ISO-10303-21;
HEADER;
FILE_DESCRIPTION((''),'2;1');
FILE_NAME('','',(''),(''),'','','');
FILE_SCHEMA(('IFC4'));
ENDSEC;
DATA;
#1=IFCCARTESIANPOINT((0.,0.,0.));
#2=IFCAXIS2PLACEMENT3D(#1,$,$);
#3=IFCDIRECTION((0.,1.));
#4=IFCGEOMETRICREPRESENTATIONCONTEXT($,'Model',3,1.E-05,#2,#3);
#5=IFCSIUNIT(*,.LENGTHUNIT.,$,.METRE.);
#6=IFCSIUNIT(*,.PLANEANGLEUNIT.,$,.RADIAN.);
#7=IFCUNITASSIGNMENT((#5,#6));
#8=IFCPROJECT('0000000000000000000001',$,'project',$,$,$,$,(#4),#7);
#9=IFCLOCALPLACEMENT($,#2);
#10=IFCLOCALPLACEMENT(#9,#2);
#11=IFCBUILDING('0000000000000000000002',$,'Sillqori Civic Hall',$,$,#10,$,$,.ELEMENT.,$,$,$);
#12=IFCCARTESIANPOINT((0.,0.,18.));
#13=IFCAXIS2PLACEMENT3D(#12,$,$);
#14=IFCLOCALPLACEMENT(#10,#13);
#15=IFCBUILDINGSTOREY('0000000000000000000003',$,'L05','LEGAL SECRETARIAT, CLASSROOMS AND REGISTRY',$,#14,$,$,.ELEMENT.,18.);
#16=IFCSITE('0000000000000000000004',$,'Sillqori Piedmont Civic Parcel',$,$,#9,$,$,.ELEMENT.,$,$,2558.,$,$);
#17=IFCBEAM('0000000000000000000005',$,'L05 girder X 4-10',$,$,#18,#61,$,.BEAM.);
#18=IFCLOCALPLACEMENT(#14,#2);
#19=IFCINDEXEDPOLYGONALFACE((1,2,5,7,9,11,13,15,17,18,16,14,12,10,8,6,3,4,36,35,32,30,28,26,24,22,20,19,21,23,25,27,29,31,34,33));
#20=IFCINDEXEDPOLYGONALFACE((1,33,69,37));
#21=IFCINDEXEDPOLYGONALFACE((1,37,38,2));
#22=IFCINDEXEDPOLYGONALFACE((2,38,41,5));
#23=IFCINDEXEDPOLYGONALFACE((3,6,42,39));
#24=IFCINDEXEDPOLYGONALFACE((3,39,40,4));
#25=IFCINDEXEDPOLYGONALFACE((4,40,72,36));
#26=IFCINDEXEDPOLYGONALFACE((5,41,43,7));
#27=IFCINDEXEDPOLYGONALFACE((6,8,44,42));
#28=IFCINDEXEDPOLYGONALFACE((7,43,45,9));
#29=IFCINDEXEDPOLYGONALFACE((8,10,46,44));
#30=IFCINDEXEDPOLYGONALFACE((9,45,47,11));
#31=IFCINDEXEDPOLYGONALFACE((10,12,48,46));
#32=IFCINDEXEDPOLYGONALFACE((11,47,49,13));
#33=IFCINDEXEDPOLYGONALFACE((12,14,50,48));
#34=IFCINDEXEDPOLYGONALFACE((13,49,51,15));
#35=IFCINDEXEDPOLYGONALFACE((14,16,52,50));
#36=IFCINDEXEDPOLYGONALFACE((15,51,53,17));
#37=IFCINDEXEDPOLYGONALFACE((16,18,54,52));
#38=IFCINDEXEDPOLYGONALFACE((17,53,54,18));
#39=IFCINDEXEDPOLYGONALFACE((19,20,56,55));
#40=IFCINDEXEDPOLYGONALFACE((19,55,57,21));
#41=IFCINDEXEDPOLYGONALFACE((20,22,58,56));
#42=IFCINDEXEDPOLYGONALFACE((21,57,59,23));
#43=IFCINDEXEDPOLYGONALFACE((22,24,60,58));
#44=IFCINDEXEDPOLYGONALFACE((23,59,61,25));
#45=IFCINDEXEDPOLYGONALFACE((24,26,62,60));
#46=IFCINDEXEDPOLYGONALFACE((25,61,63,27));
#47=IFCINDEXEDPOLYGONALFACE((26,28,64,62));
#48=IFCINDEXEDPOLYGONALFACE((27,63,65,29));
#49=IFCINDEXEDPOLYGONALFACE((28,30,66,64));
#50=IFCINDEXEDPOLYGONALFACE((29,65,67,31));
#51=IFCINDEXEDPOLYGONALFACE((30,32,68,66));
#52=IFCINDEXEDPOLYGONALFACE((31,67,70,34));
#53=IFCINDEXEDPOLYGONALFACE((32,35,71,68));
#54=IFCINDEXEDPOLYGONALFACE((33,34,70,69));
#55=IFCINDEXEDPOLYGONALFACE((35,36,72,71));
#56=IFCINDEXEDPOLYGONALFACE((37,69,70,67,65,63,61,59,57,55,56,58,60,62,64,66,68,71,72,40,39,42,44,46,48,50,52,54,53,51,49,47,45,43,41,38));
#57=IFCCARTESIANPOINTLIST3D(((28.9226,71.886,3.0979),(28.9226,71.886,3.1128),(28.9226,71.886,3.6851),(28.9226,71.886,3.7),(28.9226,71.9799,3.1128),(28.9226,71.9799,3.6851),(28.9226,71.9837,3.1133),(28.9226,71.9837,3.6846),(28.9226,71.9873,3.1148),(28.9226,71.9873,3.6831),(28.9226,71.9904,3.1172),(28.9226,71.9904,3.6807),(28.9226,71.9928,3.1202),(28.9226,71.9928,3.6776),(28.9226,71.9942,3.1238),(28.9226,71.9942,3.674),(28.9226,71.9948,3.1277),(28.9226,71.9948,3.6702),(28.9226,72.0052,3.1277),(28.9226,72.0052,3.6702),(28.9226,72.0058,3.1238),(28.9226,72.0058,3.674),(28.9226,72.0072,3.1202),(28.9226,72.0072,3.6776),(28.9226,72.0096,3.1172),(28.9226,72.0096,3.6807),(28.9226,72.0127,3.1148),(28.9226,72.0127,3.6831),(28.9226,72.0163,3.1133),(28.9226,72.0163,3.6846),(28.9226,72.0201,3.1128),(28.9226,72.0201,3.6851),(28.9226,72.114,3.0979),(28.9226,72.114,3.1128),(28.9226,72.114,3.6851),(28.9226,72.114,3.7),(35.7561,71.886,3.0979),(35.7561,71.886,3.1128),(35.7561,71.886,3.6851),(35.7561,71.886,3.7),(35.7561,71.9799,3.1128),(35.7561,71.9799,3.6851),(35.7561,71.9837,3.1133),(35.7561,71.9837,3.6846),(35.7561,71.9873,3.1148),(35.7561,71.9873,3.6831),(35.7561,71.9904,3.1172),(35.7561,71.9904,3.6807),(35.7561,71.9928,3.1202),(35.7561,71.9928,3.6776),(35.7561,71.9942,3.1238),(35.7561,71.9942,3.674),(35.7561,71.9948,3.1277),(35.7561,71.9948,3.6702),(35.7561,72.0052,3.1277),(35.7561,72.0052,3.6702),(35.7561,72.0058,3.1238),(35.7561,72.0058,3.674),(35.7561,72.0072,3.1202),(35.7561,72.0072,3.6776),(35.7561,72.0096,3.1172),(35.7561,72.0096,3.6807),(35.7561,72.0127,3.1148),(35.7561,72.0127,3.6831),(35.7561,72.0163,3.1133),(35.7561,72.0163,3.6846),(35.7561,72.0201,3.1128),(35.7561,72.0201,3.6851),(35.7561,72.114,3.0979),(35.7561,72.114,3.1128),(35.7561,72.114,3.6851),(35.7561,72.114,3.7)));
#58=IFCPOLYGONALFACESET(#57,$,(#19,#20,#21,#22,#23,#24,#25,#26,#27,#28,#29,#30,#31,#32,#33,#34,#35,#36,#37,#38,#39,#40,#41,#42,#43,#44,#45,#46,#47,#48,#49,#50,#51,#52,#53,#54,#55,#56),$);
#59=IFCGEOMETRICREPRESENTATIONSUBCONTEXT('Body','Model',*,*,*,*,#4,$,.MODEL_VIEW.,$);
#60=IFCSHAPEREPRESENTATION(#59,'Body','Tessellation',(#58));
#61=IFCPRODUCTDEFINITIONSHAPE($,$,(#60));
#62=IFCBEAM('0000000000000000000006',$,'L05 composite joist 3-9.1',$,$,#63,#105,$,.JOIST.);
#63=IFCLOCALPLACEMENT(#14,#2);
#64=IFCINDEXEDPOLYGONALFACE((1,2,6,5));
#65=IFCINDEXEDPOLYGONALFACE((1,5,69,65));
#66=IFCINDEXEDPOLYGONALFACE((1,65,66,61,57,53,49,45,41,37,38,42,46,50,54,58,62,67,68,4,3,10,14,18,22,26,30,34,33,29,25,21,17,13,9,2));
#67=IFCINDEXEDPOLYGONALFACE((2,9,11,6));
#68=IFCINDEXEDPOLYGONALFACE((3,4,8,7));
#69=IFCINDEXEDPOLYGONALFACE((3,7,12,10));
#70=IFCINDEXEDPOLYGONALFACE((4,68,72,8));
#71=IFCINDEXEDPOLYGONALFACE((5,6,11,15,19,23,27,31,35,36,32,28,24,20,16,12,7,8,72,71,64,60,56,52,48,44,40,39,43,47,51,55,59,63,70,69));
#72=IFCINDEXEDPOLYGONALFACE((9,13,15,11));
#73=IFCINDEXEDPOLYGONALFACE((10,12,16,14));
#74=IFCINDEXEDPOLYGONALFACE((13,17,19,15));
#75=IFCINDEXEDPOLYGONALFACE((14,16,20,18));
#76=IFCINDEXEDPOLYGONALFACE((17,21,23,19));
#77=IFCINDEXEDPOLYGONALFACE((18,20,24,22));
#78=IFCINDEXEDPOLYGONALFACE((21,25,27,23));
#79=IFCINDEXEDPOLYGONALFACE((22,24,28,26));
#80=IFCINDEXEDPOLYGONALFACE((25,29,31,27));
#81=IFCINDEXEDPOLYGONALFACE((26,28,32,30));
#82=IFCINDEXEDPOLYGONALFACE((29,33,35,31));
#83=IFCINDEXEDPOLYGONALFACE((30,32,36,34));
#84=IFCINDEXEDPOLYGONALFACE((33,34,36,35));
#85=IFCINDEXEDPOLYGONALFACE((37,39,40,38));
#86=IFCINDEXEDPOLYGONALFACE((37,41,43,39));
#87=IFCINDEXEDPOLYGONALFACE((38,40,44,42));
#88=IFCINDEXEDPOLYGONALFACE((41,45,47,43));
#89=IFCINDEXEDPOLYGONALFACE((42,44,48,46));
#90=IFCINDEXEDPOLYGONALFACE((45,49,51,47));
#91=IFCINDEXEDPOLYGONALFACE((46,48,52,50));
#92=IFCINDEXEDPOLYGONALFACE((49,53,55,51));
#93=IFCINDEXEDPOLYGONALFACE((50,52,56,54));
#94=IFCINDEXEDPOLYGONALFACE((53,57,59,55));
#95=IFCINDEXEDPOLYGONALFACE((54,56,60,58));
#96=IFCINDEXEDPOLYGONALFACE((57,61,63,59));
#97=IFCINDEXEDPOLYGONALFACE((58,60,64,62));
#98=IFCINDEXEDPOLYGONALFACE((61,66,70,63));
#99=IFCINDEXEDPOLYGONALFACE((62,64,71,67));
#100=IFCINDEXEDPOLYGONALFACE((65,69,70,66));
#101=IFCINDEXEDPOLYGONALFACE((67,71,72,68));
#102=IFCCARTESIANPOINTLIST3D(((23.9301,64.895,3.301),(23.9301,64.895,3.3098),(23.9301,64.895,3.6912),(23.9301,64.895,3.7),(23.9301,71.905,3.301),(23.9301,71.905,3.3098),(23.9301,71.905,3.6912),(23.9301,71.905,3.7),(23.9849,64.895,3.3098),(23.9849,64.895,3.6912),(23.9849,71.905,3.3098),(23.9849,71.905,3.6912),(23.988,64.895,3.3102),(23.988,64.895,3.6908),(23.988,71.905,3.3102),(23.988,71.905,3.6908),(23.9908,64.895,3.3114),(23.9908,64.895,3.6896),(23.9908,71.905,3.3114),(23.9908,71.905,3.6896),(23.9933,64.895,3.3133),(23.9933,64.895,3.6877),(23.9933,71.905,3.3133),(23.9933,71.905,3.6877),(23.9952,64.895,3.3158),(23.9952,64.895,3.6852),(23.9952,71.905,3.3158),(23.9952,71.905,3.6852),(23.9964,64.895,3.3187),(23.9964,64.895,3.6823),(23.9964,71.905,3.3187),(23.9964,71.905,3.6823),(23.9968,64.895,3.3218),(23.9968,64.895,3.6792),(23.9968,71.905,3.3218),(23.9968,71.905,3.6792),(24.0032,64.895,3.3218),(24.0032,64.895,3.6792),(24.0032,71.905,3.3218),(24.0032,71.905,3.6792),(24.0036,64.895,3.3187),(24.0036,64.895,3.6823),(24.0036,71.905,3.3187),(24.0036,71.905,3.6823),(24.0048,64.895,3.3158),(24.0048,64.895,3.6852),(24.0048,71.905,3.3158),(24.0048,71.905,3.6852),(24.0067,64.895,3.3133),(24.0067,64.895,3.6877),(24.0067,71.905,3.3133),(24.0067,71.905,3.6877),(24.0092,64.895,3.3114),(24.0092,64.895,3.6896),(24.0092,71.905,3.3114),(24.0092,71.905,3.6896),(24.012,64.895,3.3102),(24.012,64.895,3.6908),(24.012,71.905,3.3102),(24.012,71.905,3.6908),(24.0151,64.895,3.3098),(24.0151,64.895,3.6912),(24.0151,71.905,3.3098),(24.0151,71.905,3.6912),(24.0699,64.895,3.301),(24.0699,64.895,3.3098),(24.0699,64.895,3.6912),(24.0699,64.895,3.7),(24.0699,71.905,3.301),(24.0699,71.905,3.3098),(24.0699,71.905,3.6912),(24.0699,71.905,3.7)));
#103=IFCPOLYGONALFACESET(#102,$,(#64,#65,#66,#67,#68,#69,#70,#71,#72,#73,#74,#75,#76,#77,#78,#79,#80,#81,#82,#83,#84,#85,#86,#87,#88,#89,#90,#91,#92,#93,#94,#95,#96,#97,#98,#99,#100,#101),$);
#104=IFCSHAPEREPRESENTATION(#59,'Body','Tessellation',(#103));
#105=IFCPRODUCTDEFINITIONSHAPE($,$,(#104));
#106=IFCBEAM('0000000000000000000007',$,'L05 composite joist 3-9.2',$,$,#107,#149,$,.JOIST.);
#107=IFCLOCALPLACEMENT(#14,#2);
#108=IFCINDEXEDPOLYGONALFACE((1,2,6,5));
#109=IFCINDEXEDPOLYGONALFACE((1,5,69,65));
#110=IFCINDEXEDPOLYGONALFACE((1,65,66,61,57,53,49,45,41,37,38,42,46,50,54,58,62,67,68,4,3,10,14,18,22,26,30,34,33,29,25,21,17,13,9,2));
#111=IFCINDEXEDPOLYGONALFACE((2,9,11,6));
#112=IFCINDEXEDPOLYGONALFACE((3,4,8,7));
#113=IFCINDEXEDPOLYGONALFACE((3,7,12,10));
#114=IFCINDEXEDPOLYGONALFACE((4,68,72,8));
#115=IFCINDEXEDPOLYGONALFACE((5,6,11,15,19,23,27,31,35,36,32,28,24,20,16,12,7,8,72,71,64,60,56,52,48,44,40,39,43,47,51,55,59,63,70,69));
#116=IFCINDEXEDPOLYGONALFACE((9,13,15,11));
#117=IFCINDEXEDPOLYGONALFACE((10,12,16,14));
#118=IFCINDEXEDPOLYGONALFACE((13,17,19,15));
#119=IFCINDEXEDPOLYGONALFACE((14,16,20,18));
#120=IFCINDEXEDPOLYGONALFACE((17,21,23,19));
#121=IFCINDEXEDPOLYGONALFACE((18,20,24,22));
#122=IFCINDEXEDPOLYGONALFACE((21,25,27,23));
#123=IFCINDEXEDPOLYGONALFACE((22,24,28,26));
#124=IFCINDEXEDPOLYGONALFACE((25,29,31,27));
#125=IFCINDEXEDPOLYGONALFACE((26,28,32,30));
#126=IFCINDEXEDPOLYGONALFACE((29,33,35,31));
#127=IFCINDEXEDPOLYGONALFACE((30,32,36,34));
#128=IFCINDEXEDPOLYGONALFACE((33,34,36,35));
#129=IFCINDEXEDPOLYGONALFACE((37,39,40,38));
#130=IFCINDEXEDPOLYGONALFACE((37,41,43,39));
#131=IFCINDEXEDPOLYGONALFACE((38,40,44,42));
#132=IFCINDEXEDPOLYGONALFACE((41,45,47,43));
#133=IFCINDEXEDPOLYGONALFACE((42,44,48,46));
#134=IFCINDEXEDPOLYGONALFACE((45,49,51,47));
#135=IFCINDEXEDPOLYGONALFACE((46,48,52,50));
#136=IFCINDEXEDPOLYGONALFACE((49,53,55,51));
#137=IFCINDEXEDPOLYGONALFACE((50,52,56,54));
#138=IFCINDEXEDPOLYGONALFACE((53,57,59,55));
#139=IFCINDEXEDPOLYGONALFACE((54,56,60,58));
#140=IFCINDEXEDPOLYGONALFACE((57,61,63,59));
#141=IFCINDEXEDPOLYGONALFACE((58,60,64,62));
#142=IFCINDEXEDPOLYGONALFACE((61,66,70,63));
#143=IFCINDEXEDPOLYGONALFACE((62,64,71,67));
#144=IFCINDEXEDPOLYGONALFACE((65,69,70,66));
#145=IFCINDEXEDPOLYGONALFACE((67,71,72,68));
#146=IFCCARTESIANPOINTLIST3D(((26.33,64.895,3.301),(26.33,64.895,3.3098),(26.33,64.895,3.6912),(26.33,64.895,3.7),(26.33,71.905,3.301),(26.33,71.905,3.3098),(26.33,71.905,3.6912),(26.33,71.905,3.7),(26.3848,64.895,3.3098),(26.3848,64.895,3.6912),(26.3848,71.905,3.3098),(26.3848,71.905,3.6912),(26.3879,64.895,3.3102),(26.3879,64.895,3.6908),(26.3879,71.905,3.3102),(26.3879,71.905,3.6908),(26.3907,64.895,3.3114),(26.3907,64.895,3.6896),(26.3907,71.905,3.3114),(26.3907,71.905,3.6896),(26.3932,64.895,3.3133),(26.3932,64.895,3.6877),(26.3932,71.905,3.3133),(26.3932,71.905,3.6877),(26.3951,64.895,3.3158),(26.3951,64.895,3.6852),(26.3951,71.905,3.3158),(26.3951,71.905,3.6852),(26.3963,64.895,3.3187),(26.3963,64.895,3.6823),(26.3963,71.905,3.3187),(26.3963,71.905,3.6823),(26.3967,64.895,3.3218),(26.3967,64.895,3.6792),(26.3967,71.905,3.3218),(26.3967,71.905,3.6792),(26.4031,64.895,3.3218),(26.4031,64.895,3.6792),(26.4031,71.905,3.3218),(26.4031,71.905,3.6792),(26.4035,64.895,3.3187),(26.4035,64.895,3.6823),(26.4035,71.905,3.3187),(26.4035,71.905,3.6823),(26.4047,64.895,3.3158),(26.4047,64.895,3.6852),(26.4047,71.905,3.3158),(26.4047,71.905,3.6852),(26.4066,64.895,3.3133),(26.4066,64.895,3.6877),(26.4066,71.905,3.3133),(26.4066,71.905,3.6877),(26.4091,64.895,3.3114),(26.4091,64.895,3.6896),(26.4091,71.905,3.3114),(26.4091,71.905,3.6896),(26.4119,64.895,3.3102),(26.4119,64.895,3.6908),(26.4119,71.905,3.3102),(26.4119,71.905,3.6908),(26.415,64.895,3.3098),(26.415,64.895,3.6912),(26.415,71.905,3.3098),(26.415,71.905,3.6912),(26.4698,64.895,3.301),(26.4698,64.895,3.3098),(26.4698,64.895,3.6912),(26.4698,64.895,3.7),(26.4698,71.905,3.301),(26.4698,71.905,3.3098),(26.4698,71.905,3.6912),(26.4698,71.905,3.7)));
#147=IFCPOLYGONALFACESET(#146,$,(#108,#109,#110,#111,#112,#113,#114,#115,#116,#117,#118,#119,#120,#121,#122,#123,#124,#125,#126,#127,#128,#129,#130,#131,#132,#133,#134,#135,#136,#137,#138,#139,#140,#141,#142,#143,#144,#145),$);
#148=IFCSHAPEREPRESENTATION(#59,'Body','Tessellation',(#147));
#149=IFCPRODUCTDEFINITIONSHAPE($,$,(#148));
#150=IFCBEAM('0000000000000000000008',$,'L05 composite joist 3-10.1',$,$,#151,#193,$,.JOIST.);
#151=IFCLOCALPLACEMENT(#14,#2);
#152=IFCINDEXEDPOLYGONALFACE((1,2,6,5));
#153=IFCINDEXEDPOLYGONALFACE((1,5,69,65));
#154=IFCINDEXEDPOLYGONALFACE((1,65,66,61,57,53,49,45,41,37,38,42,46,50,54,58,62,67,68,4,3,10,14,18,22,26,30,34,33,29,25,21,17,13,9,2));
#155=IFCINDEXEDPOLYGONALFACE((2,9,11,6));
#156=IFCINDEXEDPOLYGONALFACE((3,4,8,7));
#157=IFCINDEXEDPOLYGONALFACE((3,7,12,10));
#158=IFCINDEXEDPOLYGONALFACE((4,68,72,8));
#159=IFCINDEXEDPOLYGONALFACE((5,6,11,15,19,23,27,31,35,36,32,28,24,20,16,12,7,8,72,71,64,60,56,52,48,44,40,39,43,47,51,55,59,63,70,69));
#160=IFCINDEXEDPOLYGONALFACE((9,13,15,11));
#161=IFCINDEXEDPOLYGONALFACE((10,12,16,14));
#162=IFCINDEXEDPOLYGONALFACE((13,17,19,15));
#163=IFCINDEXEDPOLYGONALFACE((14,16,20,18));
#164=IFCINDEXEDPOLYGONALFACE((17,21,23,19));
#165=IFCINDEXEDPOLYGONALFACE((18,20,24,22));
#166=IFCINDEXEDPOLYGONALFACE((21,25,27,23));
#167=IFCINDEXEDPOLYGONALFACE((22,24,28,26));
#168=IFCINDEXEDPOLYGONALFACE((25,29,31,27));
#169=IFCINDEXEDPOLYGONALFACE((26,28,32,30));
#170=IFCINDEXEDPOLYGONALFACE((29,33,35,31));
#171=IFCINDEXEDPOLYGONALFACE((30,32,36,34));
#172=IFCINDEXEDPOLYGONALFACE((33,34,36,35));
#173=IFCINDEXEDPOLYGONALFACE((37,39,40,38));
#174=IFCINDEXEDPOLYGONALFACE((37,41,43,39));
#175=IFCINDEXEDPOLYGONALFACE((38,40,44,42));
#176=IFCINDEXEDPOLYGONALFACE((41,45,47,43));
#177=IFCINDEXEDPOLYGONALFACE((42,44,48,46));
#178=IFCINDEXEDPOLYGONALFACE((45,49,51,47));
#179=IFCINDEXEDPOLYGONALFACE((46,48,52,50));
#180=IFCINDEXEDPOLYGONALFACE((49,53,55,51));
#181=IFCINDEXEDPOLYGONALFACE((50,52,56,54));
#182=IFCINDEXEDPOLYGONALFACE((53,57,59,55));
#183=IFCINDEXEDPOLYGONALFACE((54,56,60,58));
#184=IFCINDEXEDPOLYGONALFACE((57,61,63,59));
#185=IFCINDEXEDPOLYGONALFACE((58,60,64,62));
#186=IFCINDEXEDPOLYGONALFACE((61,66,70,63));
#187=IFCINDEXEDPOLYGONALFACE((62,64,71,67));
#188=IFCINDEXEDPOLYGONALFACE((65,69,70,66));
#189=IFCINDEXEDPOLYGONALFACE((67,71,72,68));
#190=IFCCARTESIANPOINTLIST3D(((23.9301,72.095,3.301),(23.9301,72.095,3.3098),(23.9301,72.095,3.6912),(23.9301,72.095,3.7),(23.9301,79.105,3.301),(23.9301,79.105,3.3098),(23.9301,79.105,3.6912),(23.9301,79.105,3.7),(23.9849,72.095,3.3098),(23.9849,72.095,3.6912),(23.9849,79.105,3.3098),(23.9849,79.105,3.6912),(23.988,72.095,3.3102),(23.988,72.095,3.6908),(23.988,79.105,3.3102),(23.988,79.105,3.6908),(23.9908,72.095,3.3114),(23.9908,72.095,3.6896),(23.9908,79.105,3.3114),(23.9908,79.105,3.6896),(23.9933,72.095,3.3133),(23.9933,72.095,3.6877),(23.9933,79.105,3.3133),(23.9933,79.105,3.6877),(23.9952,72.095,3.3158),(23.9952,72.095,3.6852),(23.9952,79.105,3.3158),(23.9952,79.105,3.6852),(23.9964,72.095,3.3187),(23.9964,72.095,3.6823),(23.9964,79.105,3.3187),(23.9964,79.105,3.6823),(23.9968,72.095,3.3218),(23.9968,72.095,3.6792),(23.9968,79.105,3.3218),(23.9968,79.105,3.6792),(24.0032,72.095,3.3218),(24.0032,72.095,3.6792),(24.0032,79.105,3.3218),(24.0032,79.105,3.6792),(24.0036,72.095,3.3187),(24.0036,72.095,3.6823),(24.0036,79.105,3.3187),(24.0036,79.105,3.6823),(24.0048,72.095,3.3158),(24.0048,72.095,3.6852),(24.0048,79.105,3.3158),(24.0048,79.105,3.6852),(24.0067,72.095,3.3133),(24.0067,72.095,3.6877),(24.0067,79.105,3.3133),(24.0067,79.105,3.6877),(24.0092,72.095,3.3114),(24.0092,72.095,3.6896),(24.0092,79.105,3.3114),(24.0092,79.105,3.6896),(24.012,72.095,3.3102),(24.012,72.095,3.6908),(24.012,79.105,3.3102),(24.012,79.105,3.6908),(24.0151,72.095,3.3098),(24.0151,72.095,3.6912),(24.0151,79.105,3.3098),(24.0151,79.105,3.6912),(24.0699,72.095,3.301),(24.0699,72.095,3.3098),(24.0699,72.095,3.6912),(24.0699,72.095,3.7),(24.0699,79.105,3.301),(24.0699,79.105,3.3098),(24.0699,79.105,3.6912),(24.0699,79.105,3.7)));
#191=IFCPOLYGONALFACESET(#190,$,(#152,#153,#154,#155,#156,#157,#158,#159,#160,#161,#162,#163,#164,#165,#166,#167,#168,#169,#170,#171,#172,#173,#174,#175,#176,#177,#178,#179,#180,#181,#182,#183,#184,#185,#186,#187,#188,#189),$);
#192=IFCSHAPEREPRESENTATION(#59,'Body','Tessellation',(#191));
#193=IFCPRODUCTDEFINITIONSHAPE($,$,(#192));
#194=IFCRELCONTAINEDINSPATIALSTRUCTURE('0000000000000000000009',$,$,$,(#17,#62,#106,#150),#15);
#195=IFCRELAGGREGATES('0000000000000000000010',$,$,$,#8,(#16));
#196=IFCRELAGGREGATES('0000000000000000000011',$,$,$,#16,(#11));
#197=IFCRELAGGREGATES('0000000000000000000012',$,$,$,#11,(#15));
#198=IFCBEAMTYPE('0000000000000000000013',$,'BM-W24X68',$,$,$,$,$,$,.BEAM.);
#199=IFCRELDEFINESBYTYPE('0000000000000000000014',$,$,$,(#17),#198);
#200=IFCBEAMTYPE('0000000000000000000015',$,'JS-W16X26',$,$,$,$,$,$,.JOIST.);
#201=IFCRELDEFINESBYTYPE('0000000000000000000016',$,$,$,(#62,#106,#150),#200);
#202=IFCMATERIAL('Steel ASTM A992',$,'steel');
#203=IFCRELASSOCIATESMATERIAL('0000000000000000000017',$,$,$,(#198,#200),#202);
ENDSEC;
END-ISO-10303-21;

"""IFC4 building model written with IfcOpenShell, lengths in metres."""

from ifc_helpers import new_model, si_unit, direction, frame, origin, origin_2d, place, context, subcontext, project, spatial, i_section, extrude, material, material_profile, profile_set, type_object, element, save


model = new_model("IFC4")

# Units and contexts
model_context = context("Model", 3, precision=1e-05, world=origin(), true_north=direction((0.0, 1.0)))
body_context = subcontext(model_context, "Body", "Model", "MODEL_VIEW")
ifc_project = project(units=[si_unit("LENGTHUNIT", "METRE"), si_unit("PLANEANGLEUNIT", "RADIAN")], contexts=[model_context])

# Site, building, storey
site_placement = place(None, origin())
site = spatial("IfcSite", under=ifc_project, at=site_placement, Name="Sillqori Piedmont Civic Parcel", CompositionType="ELEMENT", RefElevation=2558.0)
building_placement = place(site_placement, origin())
building = spatial("IfcBuilding", under=site, at=building_placement, Name="Sillqori Civic Hall", CompositionType="ELEMENT")
storey_placement = place(building_placement, frame((0.0, 0.0, 18.0)))
storey = spatial("IfcBuildingStorey", under=building, at=storey_placement, Name="L05", Description="LEGAL SECRETARIAT, CLASSROOMS AND REGISTRY", CompositionType="ELEMENT", Elevation=18.0)

# Shared definitions
ifc_material_1 = material(Name="Steel ASTM A992", Category="steel")

# Beams
ifc_material_profile_1 = material_profile(ifc_material_1, i_section(OverallWidth=0.228, OverallDepth=0.6021, WebThickness=0.0105, FlangeThickness=0.0149, FilletRadius=0.0149, at=origin_2d()), Name="W24X68")
ifc_profile_set_1 = profile_set([ifc_material_profile_1], Name="Steel ASTM A992")
beam_type_1 = type_object("IfcBeamType", Name="BM-W24X68", PredefinedType="BEAM", material=ifc_profile_set_1)
for number, where, z_axis, x_axis, name in (
    (1, (28.9226, 72.0, 3.3989), (1.0, 0.0, 0.0), (0.0, 1.0, 0.0), "L05 girder X 4-10"),
):
    element("IfcBeam", number, at=place(storey_placement, frame(where, z_axis=z_axis, x_axis=x_axis)), inside=storey, type_object=beam_type_1, Name=name, PredefinedType="BEAM", context=body_context, shape_type="SweptSolid", body=[
        extrude(i_section(OverallWidth=0.228, OverallDepth=0.6021, WebThickness=0.0105, FlangeThickness=0.0149, FilletRadius=0.0149, at=origin_2d()), origin(), (0.0, 0.0, 1.0), 6.8335),
    ])
ifc_material_profile_2 = material_profile(ifc_material_1, i_section(OverallWidth=0.1399, OverallDepth=0.3989, WebThickness=0.0063, FlangeThickness=0.0088, FilletRadius=0.012, at=origin_2d()), Name="W16X26")
ifc_profile_set_2 = profile_set([ifc_material_profile_2], Name="Steel ASTM A992")
beam_type_2 = type_object("IfcBeamType", Name="JS-W16X26", PredefinedType="JOIST", material=ifc_profile_set_2)
for number, where, z_axis, x_axis, name in (
    (2, (24.0, 64.895, 3.5005), (0.0, 1.0, 0.0), (-1.0, 0.0, 0.0), "L05 composite joist 3-9.1"),
    (3, (26.3999, 64.895, 3.5005), (0.0, 1.0, 0.0), (-1.0, 0.0, 0.0), "L05 composite joist 3-9.2"),
    (4, (24.0, 72.095, 3.5005), (0.0, 1.0, 0.0), (-1.0, 0.0, 0.0), "L05 composite joist 3-10.1"),
):
    element("IfcBeam", number, at=place(storey_placement, frame(where, z_axis=z_axis, x_axis=x_axis)), inside=storey, type_object=beam_type_2, Name=name, PredefinedType="JOIST", context=body_context, shape_type="SweptSolid", body=[
        extrude(i_section(OverallWidth=0.1399, OverallDepth=0.3989, WebThickness=0.0063, FlangeThickness=0.0088, FilletRadius=0.012, at=origin_2d()), origin(), (0.0, 0.0, 1.0), 7.01),
    ])

save(model, "model.ifc")
